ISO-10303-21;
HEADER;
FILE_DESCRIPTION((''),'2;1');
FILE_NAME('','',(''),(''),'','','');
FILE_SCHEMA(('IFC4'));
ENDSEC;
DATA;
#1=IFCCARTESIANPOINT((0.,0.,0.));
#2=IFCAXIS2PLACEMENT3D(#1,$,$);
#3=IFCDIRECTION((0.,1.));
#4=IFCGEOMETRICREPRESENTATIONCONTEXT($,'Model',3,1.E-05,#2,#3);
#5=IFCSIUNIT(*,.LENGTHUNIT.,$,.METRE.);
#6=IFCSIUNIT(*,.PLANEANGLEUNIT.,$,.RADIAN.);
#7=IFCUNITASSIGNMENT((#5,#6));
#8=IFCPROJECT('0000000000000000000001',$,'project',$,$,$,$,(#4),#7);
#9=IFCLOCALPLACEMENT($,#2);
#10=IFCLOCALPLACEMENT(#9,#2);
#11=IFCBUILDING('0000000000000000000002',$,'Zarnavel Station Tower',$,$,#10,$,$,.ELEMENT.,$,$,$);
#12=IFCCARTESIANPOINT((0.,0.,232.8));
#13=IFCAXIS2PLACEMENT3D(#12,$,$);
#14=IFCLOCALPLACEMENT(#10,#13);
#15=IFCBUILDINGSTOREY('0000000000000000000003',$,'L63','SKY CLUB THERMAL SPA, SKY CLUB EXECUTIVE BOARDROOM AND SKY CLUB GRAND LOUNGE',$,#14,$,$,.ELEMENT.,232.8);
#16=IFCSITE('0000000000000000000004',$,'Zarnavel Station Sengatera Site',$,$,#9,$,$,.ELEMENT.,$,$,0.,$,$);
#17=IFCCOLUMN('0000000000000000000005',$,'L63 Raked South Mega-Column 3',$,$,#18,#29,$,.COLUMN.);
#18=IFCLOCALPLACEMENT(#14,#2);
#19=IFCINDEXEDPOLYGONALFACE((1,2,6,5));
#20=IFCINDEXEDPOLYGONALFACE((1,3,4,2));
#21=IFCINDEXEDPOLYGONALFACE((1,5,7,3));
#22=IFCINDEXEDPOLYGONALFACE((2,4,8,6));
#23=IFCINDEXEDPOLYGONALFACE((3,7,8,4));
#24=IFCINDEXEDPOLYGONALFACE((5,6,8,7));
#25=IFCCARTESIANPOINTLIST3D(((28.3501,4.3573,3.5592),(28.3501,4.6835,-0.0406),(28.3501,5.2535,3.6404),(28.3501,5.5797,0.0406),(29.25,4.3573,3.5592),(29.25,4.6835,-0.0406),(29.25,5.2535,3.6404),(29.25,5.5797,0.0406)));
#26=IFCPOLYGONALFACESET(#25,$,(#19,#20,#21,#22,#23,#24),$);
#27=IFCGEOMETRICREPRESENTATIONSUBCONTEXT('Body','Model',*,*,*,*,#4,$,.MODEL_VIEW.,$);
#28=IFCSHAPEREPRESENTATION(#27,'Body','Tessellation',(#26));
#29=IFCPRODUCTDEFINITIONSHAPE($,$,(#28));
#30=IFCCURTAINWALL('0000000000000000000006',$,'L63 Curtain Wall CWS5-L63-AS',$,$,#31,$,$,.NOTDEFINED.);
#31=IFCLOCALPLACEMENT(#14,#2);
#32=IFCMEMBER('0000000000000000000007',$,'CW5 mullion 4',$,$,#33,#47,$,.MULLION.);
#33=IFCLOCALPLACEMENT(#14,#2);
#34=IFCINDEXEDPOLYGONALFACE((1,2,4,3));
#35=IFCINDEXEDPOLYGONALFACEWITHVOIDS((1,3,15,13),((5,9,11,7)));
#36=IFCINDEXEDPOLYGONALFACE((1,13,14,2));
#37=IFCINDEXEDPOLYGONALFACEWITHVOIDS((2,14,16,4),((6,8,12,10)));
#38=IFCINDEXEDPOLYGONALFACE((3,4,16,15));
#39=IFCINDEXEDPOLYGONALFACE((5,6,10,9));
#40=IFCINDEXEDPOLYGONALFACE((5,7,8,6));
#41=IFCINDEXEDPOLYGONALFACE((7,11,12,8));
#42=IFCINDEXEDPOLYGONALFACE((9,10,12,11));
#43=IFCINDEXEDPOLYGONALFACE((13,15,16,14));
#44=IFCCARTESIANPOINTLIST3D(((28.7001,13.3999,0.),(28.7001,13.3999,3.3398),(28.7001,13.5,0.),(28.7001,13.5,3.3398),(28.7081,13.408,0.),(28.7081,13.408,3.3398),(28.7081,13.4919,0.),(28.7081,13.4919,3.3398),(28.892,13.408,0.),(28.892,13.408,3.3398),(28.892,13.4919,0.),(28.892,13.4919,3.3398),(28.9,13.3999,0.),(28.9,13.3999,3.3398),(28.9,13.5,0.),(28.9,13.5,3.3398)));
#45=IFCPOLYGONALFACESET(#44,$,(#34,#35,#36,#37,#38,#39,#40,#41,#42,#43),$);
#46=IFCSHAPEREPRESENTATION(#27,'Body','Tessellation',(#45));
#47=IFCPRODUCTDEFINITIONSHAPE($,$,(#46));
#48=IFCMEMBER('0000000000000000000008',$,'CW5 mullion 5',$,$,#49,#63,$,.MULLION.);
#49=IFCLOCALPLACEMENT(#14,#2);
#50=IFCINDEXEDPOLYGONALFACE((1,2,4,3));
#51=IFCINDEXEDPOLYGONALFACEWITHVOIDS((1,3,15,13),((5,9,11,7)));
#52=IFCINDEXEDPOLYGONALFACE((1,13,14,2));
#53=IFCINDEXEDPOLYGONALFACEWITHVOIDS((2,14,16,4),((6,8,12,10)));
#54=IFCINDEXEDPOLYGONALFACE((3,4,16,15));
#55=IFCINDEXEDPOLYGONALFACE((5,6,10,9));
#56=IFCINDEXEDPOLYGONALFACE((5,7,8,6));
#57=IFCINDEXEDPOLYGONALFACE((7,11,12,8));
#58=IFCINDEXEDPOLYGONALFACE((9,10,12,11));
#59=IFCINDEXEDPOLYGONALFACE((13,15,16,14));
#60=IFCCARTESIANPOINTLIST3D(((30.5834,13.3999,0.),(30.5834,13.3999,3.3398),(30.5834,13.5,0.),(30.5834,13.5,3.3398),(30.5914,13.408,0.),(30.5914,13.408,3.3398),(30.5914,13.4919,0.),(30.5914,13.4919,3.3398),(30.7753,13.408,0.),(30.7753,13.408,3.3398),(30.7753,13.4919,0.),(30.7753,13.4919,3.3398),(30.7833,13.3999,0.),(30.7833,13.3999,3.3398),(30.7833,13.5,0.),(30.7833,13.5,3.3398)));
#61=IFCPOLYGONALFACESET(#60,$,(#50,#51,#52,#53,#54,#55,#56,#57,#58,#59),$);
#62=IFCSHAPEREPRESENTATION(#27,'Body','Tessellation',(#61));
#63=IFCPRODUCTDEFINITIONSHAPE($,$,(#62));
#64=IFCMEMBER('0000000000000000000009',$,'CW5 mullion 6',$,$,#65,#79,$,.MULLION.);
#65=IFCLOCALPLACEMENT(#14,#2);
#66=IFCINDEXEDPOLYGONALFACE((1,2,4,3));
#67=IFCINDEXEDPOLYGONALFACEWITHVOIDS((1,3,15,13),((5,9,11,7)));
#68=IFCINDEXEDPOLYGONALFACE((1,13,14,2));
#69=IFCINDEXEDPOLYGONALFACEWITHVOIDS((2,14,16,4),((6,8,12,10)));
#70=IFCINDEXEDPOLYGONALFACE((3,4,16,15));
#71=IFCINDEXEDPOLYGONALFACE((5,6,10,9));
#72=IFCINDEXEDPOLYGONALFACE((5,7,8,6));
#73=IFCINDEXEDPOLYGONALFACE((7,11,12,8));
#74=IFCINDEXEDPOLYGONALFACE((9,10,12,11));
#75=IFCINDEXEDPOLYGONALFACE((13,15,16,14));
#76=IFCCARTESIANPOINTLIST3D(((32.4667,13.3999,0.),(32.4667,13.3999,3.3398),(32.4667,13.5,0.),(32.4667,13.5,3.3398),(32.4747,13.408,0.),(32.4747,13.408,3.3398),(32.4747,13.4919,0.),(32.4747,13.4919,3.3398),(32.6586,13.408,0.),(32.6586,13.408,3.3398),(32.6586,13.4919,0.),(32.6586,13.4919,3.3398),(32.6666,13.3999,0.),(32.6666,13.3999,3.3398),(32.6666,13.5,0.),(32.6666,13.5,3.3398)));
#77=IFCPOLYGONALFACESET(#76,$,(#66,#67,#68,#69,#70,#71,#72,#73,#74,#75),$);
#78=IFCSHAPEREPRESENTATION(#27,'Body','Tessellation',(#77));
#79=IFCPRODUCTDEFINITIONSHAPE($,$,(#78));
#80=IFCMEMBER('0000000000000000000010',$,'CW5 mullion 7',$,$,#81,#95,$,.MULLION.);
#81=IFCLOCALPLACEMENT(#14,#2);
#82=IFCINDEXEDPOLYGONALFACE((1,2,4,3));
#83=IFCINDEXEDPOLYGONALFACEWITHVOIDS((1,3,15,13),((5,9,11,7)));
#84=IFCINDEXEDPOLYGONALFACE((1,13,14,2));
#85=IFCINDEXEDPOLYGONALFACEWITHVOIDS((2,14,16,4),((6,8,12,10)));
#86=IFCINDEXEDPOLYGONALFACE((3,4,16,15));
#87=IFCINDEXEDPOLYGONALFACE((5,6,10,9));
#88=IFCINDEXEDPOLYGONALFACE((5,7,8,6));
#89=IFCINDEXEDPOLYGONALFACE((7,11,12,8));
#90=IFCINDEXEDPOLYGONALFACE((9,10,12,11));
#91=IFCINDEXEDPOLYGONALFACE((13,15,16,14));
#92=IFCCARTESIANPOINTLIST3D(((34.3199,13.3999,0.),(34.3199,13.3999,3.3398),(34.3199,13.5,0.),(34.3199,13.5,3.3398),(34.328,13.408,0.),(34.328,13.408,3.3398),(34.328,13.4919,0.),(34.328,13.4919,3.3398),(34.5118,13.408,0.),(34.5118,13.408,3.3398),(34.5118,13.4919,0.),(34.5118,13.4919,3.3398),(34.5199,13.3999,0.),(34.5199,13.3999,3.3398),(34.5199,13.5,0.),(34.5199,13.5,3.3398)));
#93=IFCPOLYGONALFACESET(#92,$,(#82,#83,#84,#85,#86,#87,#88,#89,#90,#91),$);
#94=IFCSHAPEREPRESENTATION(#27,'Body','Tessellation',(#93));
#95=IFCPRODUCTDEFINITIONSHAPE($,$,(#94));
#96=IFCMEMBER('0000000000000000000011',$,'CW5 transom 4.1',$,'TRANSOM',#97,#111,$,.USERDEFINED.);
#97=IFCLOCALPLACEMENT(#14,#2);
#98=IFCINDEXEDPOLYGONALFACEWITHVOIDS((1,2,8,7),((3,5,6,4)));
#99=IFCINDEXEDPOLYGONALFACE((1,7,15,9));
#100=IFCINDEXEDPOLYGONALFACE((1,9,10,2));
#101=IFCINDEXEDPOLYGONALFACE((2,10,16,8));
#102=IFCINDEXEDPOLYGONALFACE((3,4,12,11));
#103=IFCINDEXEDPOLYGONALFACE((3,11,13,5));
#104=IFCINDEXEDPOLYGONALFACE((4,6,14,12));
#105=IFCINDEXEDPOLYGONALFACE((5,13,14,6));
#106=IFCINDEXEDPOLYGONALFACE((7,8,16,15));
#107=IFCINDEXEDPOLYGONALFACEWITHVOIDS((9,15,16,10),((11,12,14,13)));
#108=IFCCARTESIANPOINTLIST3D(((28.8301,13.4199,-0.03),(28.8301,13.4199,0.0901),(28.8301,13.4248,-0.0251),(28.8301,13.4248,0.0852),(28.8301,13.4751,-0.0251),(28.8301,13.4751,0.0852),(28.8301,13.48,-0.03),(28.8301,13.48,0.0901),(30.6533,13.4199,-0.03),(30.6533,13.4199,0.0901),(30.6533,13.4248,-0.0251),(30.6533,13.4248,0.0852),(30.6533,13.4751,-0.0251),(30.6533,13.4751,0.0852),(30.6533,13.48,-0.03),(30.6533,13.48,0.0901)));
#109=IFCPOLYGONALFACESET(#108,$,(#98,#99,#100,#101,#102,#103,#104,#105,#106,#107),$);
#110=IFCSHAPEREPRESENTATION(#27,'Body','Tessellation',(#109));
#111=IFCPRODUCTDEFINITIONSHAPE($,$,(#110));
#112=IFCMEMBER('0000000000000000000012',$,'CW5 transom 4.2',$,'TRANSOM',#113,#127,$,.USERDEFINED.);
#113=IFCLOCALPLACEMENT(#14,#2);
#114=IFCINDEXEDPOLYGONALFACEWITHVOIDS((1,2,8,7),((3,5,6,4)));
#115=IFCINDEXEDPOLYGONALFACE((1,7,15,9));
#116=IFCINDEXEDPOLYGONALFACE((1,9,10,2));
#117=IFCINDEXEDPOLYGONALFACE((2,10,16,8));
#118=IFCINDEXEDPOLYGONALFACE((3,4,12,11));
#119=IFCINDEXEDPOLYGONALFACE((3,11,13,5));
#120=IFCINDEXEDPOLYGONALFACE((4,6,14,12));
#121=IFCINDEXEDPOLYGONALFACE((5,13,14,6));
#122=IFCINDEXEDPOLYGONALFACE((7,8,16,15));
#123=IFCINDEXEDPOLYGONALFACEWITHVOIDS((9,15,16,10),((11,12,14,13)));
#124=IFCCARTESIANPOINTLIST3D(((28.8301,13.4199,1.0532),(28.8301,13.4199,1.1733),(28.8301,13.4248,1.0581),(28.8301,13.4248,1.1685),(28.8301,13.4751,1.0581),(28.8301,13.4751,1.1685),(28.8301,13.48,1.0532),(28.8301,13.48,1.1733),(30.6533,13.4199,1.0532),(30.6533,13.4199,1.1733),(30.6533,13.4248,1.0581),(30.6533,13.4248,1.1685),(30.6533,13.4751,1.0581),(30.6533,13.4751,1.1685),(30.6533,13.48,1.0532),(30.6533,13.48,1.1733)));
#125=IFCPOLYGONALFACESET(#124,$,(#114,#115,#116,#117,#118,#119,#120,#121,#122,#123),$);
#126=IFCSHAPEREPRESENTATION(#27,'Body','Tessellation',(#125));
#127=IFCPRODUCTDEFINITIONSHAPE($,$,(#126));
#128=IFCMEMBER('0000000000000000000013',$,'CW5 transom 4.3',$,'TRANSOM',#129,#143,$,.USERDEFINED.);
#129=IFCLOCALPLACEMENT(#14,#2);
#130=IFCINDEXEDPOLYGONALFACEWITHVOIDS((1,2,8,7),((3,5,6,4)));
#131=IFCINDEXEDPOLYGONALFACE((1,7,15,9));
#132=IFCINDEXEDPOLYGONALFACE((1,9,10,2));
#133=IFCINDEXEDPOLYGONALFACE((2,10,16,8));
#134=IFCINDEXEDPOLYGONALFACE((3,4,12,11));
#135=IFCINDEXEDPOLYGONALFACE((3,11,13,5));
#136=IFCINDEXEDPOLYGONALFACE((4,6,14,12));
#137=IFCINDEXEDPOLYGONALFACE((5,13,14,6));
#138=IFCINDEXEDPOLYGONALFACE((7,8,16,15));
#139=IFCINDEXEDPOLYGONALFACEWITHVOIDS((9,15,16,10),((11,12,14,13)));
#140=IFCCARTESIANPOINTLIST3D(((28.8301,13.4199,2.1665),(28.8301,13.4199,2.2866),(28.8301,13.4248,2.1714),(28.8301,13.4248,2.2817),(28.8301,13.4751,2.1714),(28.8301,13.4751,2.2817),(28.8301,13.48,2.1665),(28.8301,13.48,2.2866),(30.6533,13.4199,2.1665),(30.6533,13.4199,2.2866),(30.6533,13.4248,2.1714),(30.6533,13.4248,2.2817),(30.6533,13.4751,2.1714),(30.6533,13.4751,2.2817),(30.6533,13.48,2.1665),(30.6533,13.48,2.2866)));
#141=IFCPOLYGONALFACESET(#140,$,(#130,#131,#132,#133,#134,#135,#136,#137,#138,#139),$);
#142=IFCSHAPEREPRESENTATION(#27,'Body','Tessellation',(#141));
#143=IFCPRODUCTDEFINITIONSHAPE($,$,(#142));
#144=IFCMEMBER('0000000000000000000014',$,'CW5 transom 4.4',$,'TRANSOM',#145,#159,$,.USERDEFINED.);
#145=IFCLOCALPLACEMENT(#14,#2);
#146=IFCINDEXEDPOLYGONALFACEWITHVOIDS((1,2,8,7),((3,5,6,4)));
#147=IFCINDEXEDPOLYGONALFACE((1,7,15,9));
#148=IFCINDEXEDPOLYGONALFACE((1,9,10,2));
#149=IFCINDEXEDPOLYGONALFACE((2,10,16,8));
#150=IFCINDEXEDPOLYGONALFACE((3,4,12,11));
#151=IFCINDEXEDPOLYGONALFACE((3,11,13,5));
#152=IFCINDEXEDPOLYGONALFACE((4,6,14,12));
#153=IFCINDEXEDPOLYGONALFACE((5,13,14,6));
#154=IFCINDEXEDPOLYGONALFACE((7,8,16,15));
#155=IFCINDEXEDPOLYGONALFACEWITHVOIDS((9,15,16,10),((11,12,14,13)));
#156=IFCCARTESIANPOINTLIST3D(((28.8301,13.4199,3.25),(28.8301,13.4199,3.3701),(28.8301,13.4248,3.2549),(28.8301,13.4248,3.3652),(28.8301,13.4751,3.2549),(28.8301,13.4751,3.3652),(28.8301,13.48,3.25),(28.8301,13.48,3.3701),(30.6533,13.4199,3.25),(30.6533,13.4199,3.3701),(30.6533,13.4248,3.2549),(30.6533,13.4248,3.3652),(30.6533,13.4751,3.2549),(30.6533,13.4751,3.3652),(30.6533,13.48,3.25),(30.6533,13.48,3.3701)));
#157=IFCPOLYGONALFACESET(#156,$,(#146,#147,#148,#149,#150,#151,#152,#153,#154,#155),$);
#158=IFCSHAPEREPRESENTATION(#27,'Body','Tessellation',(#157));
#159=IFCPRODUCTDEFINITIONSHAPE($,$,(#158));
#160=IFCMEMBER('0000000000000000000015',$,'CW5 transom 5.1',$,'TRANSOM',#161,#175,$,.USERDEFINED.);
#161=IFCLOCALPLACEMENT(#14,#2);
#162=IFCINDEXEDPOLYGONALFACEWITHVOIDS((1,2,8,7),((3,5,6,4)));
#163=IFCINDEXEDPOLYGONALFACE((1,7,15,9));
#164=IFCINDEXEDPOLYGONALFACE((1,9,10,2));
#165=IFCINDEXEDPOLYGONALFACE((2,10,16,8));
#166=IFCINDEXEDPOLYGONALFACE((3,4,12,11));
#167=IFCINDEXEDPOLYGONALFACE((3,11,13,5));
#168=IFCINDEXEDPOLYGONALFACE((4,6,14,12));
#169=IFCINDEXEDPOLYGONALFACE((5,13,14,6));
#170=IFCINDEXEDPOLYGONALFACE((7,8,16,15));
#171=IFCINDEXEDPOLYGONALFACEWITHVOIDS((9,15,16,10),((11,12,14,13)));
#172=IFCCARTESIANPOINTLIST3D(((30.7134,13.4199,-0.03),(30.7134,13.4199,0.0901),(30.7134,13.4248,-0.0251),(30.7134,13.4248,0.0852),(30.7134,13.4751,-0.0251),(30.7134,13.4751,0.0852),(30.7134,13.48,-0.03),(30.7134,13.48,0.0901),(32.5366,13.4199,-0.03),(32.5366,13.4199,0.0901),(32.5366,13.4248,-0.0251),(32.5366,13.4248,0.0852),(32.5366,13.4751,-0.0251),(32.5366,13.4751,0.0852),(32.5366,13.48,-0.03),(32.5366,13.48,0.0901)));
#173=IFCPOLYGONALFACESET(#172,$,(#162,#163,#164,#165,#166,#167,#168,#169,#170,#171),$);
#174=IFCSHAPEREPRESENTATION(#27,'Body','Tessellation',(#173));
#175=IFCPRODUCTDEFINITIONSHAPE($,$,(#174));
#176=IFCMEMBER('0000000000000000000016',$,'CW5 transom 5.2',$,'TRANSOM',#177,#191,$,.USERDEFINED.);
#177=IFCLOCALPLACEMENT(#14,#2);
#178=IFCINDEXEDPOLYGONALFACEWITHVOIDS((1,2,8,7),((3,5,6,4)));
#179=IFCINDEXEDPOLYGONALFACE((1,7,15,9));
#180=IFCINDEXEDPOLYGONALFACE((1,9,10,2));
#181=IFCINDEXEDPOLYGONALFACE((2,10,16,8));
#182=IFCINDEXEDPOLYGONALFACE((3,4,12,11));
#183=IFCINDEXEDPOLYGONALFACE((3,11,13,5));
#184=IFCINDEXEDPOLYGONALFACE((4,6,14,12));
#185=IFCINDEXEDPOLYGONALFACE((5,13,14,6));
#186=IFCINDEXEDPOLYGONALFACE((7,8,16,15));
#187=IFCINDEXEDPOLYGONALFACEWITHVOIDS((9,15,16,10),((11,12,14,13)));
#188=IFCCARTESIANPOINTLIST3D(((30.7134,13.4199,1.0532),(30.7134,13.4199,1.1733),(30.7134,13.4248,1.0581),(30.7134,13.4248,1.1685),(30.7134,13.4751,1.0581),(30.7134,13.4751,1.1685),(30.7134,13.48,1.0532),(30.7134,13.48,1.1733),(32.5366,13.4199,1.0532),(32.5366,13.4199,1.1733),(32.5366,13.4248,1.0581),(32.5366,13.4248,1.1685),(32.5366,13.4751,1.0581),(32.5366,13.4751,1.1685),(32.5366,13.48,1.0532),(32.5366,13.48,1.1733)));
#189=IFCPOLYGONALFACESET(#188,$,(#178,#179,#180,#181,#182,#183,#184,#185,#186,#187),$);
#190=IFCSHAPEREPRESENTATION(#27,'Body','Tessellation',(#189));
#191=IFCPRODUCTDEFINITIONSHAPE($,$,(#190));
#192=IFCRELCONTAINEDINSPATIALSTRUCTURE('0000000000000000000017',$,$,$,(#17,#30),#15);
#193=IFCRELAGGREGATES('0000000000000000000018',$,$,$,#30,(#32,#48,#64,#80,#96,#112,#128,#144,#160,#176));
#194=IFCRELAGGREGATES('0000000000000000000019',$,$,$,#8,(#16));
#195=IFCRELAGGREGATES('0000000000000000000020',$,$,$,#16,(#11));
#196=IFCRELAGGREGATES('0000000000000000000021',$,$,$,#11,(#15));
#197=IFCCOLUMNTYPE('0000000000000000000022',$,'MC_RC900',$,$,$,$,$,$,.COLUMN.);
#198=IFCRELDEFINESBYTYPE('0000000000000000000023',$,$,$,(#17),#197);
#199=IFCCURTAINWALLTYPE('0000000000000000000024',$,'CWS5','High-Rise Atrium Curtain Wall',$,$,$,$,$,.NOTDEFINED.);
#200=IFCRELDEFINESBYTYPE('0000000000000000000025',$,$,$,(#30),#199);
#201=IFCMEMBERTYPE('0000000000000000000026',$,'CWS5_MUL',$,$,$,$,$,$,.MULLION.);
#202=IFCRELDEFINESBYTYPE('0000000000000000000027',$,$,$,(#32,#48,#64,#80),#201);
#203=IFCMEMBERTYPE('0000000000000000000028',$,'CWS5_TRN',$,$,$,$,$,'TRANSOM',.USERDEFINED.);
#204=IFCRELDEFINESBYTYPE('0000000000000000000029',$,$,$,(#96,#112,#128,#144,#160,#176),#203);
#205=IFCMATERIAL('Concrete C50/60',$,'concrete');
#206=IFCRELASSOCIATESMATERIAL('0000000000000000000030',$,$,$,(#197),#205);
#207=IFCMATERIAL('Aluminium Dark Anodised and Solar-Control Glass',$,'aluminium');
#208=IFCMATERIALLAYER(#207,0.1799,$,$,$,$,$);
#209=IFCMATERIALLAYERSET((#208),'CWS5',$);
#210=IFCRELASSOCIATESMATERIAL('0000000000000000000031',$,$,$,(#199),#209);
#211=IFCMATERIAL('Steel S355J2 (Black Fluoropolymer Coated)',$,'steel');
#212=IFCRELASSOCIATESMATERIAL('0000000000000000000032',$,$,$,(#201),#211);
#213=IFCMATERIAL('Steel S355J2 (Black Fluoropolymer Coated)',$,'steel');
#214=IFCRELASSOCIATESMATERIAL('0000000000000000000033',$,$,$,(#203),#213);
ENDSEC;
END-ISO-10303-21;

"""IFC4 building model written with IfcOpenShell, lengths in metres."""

from ifc_helpers import new_model, si_unit, direction, frame, origin, origin_2d, place, context, subcontext, project, spatial, rectangle, hollow_rectangle, extrude, material, layer, layer_set, material_profile, profile_set, type_object, element, aggregate, save


model = new_model("IFC4")

# Units and contexts
model_context = context("Model", 3, precision=1e-05, world=origin(), true_north=direction((0.0, 1.0)))
body_context = subcontext(model_context, "Body", "Model", "MODEL_VIEW")
ifc_project = project(units=[si_unit("LENGTHUNIT", "METRE"), si_unit("PLANEANGLEUNIT", "RADIAN")], contexts=[model_context])

# Site, building, storey
site_placement = place(None, origin())
site = spatial("IfcSite", under=ifc_project, at=site_placement, Name="Zarnavel Station Sengatera Site", CompositionType="ELEMENT", RefElevation=0.0)
building_placement = place(site_placement, origin())
building = spatial("IfcBuilding", under=site, at=building_placement, Name="Zarnavel Station Tower", CompositionType="ELEMENT")
storey_placement = place(building_placement, frame((0.0, 0.0, 232.8)))
storey = spatial("IfcBuildingStorey", under=building, at=storey_placement, Name="L63", Description="SKY CLUB THERMAL SPA, SKY CLUB EXECUTIVE BOARDROOM AND SKY CLUB GRAND LOUNGE", CompositionType="ELEMENT", Elevation=232.8)

# Column
ifc_material_1 = material(Name="Concrete C50/60", Category="concrete")
ifc_material_profile_1 = material_profile(ifc_material_1, rectangle(XDim=0.8999, YDim=0.8999, at=origin_2d()), Name="RC900x900")
ifc_profile_set_1 = profile_set([ifc_material_profile_1], Name="Concrete C50/60")
column_type = type_object("IfcColumnType", Name="MC_RC900", PredefinedType="COLUMN", material=ifc_profile_set_1)
column_placement = place(storey_placement, frame((28.8, 5.1316, 0.0), z_axis=(0.0, -0.090237, 0.99592), x_axis=(1.0, 0.0, 0.0)))
element("IfcColumn", 1, at=column_placement, inside=storey, type_object=column_type, Name="L63 Raked South Mega-Column 3", PredefinedType="COLUMN", context=body_context, shape_type="SweptSolid", body=[
    extrude(rectangle(XDim=0.8999, YDim=0.8999, at=origin_2d()), origin(), (0.0, 0.0, 1.0), 3.6145),
])

# Curtain wall, members
ifc_material_2 = material(Name="Aluminium Dark Anodised and Solar-Control Glass", Category="aluminium")
ifc_layer_1 = layer(ifc_material_2, 0.1799)
ifc_layer_set_1 = layer_set([ifc_layer_1], Name="CWS5")
curtain_wall_type = type_object("IfcCurtainWallType", Name="CWS5", Description="High-Rise Atrium Curtain Wall", PredefinedType="NOTDEFINED", material=ifc_layer_set_1)
curtain_wall_placement = place(storey_placement, origin())
curtain_wall = element("IfcCurtainWall", 2, at=curtain_wall_placement, inside=storey, type_object=curtain_wall_type, Name="L63 Curtain Wall CWS5-L63-AS", PredefinedType="NOTDEFINED")
ifc_material_3 = material(Name="Steel S355J2 (Black Fluoropolymer Coated)", Category="steel")
ifc_material_profile_2 = material_profile(ifc_material_3, hollow_rectangle(XDim=0.1001, YDim=0.2, WallThickness=0.0081, at=origin_2d()), Name="RHS200x100x8")
ifc_profile_set_2 = profile_set([ifc_material_profile_2], Name="Steel S355J2 (Black Fluoropolymer Coated)")
member_type_1 = type_object("IfcMemberType", Name="CWS5_MUL", PredefinedType="MULLION", material=ifc_profile_set_2)
member_1_placement = place(storey_placement, frame((28.8, 13.45, 0.0), z_axis=(0.0, 0.0, 1.0), x_axis=(0.0, 1.0, 0.0)))
member_1 = element("IfcMember", 3, at=member_1_placement, type_object=member_type_1, Name="CW5 mullion 4", PredefinedType="MULLION", context=body_context, shape_type="SweptSolid", body=[
    extrude(hollow_rectangle(XDim=0.1001, YDim=0.2, WallThickness=0.0081, at=origin_2d()), origin(), (0.0, 0.0, 1.0), 3.3398),
])
member_2_placement = place(storey_placement, frame((30.6833, 13.45, 0.0), z_axis=(0.0, 0.0, 1.0), x_axis=(0.0, 1.0, 0.0)))
member_2 = element("IfcMember", 4, at=member_2_placement, type_object=member_type_1, Name="CW5 mullion 5", PredefinedType="MULLION", context=body_context, shape_type="SweptSolid", body=[
    extrude(hollow_rectangle(XDim=0.1001, YDim=0.2, WallThickness=0.0081, at=origin_2d()), origin(), (0.0, 0.0, 1.0), 3.3398),
])
member_3_placement = place(storey_placement, frame((32.5667, 13.45, 0.0), z_axis=(0.0, 0.0, 1.0), x_axis=(0.0, 1.0, 0.0)))
member_3 = element("IfcMember", 5, at=member_3_placement, type_object=member_type_1, Name="CW5 mullion 6", PredefinedType="MULLION", context=body_context, shape_type="SweptSolid", body=[
    extrude(hollow_rectangle(XDim=0.1001, YDim=0.2, WallThickness=0.0081, at=origin_2d()), origin(), (0.0, 0.0, 1.0), 3.3398),
])
member_4_placement = place(storey_placement, frame((34.4199, 13.45, 0.0), z_axis=(0.0, 0.0, 1.0), x_axis=(0.0, 1.0, 0.0)))
member_4 = element("IfcMember", 6, at=member_4_placement, type_object=member_type_1, Name="CW5 mullion 7", PredefinedType="MULLION", context=body_context, shape_type="SweptSolid", body=[
    extrude(hollow_rectangle(XDim=0.1001, YDim=0.2, WallThickness=0.0081, at=origin_2d()), origin(), (0.0, 0.0, 1.0), 3.3398),
])
ifc_material_4 = material(Name="Steel S355J2 (Black Fluoropolymer Coated)", Category="steel")
ifc_material_profile_3 = material_profile(ifc_material_4, hollow_rectangle(XDim=0.0601, YDim=0.1201, WallThickness=0.0049, at=origin_2d()), Name="RHS120x60x5")
ifc_profile_set_3 = profile_set([ifc_material_profile_3], Name="Steel S355J2 (Black Fluoropolymer Coated)")
member_type_2 = type_object("IfcMemberType", Name="CWS5_TRN", ElementType="TRANSOM", PredefinedType="USERDEFINED", material=ifc_profile_set_3)
member_5_placement = place(storey_placement, frame((28.8301, 13.45, 0.03), z_axis=(1.0, 0.0, 0.0), x_axis=(0.0, 1.0, 0.0)))
member_5 = element("IfcMember", 7, at=member_5_placement, type_object=member_type_2, Name="CW5 transom 4.1", ObjectType="TRANSOM", PredefinedType="USERDEFINED", context=body_context, shape_type="SweptSolid", body=[
    extrude(hollow_rectangle(XDim=0.0601, YDim=0.1201, WallThickness=0.0049, at=origin_2d()), origin(), (0.0, 0.0, 1.0), 1.8232),
])
member_6_placement = place(storey_placement, frame((28.8301, 13.45, 1.1133), z_axis=(1.0, 0.0, 0.0), x_axis=(0.0, 1.0, 0.0)))
member_6 = element("IfcMember", 8, at=member_6_placement, type_object=member_type_2, Name="CW5 transom 4.2", ObjectType="TRANSOM", PredefinedType="USERDEFINED", context=body_context, shape_type="SweptSolid", body=[
    extrude(hollow_rectangle(XDim=0.0601, YDim=0.1201, WallThickness=0.0049, at=origin_2d()), origin(), (0.0, 0.0, 1.0), 1.8232),
])
member_7_placement = place(storey_placement, frame((28.8301, 13.45, 2.2266), z_axis=(1.0, 0.0, 0.0), x_axis=(0.0, 1.0, 0.0)))
member_7 = element("IfcMember", 9, at=member_7_placement, type_object=member_type_2, Name="CW5 transom 4.3", ObjectType="TRANSOM", PredefinedType="USERDEFINED", context=body_context, shape_type="SweptSolid", body=[
    extrude(hollow_rectangle(XDim=0.0601, YDim=0.1201, WallThickness=0.0049, at=origin_2d()), origin(), (0.0, 0.0, 1.0), 1.8232),
])
member_8_placement = place(storey_placement, frame((28.8301, 13.45, 3.3101), z_axis=(1.0, 0.0, 0.0), x_axis=(0.0, 1.0, 0.0)))
member_8 = element("IfcMember", 10, at=member_8_placement, type_object=member_type_2, Name="CW5 transom 4.4", ObjectType="TRANSOM", PredefinedType="USERDEFINED", context=body_context, shape_type="SweptSolid", body=[
    extrude(hollow_rectangle(XDim=0.0601, YDim=0.1201, WallThickness=0.0049, at=origin_2d()), origin(), (0.0, 0.0, 1.0), 1.8232),
])
member_9_placement = place(storey_placement, frame((30.7134, 13.45, 0.03), z_axis=(1.0, 0.0, 0.0), x_axis=(0.0, 1.0, 0.0)))
member_9 = element("IfcMember", 11, at=member_9_placement, type_object=member_type_2, Name="CW5 transom 5.1", ObjectType="TRANSOM", PredefinedType="USERDEFINED", context=body_context, shape_type="SweptSolid", body=[
    extrude(hollow_rectangle(XDim=0.0601, YDim=0.1201, WallThickness=0.0049, at=origin_2d()), origin(), (0.0, 0.0, 1.0), 1.8232),
])
member_10_placement = place(storey_placement, frame((30.7134, 13.45, 1.1133), z_axis=(1.0, 0.0, 0.0), x_axis=(0.0, 1.0, 0.0)))
member_10 = element("IfcMember", 12, at=member_10_placement, type_object=member_type_2, Name="CW5 transom 5.2", ObjectType="TRANSOM", PredefinedType="USERDEFINED", context=body_context, shape_type="SweptSolid", body=[
    extrude(hollow_rectangle(XDim=0.0601, YDim=0.1201, WallThickness=0.0049, at=origin_2d()), origin(), (0.0, 0.0, 1.0), 1.8232),
])

aggregate(curtain_wall, [member_1, member_2, member_3, member_4, member_5, member_6, member_7, member_8, member_9, member_10])

save(model, "model.ifc")
